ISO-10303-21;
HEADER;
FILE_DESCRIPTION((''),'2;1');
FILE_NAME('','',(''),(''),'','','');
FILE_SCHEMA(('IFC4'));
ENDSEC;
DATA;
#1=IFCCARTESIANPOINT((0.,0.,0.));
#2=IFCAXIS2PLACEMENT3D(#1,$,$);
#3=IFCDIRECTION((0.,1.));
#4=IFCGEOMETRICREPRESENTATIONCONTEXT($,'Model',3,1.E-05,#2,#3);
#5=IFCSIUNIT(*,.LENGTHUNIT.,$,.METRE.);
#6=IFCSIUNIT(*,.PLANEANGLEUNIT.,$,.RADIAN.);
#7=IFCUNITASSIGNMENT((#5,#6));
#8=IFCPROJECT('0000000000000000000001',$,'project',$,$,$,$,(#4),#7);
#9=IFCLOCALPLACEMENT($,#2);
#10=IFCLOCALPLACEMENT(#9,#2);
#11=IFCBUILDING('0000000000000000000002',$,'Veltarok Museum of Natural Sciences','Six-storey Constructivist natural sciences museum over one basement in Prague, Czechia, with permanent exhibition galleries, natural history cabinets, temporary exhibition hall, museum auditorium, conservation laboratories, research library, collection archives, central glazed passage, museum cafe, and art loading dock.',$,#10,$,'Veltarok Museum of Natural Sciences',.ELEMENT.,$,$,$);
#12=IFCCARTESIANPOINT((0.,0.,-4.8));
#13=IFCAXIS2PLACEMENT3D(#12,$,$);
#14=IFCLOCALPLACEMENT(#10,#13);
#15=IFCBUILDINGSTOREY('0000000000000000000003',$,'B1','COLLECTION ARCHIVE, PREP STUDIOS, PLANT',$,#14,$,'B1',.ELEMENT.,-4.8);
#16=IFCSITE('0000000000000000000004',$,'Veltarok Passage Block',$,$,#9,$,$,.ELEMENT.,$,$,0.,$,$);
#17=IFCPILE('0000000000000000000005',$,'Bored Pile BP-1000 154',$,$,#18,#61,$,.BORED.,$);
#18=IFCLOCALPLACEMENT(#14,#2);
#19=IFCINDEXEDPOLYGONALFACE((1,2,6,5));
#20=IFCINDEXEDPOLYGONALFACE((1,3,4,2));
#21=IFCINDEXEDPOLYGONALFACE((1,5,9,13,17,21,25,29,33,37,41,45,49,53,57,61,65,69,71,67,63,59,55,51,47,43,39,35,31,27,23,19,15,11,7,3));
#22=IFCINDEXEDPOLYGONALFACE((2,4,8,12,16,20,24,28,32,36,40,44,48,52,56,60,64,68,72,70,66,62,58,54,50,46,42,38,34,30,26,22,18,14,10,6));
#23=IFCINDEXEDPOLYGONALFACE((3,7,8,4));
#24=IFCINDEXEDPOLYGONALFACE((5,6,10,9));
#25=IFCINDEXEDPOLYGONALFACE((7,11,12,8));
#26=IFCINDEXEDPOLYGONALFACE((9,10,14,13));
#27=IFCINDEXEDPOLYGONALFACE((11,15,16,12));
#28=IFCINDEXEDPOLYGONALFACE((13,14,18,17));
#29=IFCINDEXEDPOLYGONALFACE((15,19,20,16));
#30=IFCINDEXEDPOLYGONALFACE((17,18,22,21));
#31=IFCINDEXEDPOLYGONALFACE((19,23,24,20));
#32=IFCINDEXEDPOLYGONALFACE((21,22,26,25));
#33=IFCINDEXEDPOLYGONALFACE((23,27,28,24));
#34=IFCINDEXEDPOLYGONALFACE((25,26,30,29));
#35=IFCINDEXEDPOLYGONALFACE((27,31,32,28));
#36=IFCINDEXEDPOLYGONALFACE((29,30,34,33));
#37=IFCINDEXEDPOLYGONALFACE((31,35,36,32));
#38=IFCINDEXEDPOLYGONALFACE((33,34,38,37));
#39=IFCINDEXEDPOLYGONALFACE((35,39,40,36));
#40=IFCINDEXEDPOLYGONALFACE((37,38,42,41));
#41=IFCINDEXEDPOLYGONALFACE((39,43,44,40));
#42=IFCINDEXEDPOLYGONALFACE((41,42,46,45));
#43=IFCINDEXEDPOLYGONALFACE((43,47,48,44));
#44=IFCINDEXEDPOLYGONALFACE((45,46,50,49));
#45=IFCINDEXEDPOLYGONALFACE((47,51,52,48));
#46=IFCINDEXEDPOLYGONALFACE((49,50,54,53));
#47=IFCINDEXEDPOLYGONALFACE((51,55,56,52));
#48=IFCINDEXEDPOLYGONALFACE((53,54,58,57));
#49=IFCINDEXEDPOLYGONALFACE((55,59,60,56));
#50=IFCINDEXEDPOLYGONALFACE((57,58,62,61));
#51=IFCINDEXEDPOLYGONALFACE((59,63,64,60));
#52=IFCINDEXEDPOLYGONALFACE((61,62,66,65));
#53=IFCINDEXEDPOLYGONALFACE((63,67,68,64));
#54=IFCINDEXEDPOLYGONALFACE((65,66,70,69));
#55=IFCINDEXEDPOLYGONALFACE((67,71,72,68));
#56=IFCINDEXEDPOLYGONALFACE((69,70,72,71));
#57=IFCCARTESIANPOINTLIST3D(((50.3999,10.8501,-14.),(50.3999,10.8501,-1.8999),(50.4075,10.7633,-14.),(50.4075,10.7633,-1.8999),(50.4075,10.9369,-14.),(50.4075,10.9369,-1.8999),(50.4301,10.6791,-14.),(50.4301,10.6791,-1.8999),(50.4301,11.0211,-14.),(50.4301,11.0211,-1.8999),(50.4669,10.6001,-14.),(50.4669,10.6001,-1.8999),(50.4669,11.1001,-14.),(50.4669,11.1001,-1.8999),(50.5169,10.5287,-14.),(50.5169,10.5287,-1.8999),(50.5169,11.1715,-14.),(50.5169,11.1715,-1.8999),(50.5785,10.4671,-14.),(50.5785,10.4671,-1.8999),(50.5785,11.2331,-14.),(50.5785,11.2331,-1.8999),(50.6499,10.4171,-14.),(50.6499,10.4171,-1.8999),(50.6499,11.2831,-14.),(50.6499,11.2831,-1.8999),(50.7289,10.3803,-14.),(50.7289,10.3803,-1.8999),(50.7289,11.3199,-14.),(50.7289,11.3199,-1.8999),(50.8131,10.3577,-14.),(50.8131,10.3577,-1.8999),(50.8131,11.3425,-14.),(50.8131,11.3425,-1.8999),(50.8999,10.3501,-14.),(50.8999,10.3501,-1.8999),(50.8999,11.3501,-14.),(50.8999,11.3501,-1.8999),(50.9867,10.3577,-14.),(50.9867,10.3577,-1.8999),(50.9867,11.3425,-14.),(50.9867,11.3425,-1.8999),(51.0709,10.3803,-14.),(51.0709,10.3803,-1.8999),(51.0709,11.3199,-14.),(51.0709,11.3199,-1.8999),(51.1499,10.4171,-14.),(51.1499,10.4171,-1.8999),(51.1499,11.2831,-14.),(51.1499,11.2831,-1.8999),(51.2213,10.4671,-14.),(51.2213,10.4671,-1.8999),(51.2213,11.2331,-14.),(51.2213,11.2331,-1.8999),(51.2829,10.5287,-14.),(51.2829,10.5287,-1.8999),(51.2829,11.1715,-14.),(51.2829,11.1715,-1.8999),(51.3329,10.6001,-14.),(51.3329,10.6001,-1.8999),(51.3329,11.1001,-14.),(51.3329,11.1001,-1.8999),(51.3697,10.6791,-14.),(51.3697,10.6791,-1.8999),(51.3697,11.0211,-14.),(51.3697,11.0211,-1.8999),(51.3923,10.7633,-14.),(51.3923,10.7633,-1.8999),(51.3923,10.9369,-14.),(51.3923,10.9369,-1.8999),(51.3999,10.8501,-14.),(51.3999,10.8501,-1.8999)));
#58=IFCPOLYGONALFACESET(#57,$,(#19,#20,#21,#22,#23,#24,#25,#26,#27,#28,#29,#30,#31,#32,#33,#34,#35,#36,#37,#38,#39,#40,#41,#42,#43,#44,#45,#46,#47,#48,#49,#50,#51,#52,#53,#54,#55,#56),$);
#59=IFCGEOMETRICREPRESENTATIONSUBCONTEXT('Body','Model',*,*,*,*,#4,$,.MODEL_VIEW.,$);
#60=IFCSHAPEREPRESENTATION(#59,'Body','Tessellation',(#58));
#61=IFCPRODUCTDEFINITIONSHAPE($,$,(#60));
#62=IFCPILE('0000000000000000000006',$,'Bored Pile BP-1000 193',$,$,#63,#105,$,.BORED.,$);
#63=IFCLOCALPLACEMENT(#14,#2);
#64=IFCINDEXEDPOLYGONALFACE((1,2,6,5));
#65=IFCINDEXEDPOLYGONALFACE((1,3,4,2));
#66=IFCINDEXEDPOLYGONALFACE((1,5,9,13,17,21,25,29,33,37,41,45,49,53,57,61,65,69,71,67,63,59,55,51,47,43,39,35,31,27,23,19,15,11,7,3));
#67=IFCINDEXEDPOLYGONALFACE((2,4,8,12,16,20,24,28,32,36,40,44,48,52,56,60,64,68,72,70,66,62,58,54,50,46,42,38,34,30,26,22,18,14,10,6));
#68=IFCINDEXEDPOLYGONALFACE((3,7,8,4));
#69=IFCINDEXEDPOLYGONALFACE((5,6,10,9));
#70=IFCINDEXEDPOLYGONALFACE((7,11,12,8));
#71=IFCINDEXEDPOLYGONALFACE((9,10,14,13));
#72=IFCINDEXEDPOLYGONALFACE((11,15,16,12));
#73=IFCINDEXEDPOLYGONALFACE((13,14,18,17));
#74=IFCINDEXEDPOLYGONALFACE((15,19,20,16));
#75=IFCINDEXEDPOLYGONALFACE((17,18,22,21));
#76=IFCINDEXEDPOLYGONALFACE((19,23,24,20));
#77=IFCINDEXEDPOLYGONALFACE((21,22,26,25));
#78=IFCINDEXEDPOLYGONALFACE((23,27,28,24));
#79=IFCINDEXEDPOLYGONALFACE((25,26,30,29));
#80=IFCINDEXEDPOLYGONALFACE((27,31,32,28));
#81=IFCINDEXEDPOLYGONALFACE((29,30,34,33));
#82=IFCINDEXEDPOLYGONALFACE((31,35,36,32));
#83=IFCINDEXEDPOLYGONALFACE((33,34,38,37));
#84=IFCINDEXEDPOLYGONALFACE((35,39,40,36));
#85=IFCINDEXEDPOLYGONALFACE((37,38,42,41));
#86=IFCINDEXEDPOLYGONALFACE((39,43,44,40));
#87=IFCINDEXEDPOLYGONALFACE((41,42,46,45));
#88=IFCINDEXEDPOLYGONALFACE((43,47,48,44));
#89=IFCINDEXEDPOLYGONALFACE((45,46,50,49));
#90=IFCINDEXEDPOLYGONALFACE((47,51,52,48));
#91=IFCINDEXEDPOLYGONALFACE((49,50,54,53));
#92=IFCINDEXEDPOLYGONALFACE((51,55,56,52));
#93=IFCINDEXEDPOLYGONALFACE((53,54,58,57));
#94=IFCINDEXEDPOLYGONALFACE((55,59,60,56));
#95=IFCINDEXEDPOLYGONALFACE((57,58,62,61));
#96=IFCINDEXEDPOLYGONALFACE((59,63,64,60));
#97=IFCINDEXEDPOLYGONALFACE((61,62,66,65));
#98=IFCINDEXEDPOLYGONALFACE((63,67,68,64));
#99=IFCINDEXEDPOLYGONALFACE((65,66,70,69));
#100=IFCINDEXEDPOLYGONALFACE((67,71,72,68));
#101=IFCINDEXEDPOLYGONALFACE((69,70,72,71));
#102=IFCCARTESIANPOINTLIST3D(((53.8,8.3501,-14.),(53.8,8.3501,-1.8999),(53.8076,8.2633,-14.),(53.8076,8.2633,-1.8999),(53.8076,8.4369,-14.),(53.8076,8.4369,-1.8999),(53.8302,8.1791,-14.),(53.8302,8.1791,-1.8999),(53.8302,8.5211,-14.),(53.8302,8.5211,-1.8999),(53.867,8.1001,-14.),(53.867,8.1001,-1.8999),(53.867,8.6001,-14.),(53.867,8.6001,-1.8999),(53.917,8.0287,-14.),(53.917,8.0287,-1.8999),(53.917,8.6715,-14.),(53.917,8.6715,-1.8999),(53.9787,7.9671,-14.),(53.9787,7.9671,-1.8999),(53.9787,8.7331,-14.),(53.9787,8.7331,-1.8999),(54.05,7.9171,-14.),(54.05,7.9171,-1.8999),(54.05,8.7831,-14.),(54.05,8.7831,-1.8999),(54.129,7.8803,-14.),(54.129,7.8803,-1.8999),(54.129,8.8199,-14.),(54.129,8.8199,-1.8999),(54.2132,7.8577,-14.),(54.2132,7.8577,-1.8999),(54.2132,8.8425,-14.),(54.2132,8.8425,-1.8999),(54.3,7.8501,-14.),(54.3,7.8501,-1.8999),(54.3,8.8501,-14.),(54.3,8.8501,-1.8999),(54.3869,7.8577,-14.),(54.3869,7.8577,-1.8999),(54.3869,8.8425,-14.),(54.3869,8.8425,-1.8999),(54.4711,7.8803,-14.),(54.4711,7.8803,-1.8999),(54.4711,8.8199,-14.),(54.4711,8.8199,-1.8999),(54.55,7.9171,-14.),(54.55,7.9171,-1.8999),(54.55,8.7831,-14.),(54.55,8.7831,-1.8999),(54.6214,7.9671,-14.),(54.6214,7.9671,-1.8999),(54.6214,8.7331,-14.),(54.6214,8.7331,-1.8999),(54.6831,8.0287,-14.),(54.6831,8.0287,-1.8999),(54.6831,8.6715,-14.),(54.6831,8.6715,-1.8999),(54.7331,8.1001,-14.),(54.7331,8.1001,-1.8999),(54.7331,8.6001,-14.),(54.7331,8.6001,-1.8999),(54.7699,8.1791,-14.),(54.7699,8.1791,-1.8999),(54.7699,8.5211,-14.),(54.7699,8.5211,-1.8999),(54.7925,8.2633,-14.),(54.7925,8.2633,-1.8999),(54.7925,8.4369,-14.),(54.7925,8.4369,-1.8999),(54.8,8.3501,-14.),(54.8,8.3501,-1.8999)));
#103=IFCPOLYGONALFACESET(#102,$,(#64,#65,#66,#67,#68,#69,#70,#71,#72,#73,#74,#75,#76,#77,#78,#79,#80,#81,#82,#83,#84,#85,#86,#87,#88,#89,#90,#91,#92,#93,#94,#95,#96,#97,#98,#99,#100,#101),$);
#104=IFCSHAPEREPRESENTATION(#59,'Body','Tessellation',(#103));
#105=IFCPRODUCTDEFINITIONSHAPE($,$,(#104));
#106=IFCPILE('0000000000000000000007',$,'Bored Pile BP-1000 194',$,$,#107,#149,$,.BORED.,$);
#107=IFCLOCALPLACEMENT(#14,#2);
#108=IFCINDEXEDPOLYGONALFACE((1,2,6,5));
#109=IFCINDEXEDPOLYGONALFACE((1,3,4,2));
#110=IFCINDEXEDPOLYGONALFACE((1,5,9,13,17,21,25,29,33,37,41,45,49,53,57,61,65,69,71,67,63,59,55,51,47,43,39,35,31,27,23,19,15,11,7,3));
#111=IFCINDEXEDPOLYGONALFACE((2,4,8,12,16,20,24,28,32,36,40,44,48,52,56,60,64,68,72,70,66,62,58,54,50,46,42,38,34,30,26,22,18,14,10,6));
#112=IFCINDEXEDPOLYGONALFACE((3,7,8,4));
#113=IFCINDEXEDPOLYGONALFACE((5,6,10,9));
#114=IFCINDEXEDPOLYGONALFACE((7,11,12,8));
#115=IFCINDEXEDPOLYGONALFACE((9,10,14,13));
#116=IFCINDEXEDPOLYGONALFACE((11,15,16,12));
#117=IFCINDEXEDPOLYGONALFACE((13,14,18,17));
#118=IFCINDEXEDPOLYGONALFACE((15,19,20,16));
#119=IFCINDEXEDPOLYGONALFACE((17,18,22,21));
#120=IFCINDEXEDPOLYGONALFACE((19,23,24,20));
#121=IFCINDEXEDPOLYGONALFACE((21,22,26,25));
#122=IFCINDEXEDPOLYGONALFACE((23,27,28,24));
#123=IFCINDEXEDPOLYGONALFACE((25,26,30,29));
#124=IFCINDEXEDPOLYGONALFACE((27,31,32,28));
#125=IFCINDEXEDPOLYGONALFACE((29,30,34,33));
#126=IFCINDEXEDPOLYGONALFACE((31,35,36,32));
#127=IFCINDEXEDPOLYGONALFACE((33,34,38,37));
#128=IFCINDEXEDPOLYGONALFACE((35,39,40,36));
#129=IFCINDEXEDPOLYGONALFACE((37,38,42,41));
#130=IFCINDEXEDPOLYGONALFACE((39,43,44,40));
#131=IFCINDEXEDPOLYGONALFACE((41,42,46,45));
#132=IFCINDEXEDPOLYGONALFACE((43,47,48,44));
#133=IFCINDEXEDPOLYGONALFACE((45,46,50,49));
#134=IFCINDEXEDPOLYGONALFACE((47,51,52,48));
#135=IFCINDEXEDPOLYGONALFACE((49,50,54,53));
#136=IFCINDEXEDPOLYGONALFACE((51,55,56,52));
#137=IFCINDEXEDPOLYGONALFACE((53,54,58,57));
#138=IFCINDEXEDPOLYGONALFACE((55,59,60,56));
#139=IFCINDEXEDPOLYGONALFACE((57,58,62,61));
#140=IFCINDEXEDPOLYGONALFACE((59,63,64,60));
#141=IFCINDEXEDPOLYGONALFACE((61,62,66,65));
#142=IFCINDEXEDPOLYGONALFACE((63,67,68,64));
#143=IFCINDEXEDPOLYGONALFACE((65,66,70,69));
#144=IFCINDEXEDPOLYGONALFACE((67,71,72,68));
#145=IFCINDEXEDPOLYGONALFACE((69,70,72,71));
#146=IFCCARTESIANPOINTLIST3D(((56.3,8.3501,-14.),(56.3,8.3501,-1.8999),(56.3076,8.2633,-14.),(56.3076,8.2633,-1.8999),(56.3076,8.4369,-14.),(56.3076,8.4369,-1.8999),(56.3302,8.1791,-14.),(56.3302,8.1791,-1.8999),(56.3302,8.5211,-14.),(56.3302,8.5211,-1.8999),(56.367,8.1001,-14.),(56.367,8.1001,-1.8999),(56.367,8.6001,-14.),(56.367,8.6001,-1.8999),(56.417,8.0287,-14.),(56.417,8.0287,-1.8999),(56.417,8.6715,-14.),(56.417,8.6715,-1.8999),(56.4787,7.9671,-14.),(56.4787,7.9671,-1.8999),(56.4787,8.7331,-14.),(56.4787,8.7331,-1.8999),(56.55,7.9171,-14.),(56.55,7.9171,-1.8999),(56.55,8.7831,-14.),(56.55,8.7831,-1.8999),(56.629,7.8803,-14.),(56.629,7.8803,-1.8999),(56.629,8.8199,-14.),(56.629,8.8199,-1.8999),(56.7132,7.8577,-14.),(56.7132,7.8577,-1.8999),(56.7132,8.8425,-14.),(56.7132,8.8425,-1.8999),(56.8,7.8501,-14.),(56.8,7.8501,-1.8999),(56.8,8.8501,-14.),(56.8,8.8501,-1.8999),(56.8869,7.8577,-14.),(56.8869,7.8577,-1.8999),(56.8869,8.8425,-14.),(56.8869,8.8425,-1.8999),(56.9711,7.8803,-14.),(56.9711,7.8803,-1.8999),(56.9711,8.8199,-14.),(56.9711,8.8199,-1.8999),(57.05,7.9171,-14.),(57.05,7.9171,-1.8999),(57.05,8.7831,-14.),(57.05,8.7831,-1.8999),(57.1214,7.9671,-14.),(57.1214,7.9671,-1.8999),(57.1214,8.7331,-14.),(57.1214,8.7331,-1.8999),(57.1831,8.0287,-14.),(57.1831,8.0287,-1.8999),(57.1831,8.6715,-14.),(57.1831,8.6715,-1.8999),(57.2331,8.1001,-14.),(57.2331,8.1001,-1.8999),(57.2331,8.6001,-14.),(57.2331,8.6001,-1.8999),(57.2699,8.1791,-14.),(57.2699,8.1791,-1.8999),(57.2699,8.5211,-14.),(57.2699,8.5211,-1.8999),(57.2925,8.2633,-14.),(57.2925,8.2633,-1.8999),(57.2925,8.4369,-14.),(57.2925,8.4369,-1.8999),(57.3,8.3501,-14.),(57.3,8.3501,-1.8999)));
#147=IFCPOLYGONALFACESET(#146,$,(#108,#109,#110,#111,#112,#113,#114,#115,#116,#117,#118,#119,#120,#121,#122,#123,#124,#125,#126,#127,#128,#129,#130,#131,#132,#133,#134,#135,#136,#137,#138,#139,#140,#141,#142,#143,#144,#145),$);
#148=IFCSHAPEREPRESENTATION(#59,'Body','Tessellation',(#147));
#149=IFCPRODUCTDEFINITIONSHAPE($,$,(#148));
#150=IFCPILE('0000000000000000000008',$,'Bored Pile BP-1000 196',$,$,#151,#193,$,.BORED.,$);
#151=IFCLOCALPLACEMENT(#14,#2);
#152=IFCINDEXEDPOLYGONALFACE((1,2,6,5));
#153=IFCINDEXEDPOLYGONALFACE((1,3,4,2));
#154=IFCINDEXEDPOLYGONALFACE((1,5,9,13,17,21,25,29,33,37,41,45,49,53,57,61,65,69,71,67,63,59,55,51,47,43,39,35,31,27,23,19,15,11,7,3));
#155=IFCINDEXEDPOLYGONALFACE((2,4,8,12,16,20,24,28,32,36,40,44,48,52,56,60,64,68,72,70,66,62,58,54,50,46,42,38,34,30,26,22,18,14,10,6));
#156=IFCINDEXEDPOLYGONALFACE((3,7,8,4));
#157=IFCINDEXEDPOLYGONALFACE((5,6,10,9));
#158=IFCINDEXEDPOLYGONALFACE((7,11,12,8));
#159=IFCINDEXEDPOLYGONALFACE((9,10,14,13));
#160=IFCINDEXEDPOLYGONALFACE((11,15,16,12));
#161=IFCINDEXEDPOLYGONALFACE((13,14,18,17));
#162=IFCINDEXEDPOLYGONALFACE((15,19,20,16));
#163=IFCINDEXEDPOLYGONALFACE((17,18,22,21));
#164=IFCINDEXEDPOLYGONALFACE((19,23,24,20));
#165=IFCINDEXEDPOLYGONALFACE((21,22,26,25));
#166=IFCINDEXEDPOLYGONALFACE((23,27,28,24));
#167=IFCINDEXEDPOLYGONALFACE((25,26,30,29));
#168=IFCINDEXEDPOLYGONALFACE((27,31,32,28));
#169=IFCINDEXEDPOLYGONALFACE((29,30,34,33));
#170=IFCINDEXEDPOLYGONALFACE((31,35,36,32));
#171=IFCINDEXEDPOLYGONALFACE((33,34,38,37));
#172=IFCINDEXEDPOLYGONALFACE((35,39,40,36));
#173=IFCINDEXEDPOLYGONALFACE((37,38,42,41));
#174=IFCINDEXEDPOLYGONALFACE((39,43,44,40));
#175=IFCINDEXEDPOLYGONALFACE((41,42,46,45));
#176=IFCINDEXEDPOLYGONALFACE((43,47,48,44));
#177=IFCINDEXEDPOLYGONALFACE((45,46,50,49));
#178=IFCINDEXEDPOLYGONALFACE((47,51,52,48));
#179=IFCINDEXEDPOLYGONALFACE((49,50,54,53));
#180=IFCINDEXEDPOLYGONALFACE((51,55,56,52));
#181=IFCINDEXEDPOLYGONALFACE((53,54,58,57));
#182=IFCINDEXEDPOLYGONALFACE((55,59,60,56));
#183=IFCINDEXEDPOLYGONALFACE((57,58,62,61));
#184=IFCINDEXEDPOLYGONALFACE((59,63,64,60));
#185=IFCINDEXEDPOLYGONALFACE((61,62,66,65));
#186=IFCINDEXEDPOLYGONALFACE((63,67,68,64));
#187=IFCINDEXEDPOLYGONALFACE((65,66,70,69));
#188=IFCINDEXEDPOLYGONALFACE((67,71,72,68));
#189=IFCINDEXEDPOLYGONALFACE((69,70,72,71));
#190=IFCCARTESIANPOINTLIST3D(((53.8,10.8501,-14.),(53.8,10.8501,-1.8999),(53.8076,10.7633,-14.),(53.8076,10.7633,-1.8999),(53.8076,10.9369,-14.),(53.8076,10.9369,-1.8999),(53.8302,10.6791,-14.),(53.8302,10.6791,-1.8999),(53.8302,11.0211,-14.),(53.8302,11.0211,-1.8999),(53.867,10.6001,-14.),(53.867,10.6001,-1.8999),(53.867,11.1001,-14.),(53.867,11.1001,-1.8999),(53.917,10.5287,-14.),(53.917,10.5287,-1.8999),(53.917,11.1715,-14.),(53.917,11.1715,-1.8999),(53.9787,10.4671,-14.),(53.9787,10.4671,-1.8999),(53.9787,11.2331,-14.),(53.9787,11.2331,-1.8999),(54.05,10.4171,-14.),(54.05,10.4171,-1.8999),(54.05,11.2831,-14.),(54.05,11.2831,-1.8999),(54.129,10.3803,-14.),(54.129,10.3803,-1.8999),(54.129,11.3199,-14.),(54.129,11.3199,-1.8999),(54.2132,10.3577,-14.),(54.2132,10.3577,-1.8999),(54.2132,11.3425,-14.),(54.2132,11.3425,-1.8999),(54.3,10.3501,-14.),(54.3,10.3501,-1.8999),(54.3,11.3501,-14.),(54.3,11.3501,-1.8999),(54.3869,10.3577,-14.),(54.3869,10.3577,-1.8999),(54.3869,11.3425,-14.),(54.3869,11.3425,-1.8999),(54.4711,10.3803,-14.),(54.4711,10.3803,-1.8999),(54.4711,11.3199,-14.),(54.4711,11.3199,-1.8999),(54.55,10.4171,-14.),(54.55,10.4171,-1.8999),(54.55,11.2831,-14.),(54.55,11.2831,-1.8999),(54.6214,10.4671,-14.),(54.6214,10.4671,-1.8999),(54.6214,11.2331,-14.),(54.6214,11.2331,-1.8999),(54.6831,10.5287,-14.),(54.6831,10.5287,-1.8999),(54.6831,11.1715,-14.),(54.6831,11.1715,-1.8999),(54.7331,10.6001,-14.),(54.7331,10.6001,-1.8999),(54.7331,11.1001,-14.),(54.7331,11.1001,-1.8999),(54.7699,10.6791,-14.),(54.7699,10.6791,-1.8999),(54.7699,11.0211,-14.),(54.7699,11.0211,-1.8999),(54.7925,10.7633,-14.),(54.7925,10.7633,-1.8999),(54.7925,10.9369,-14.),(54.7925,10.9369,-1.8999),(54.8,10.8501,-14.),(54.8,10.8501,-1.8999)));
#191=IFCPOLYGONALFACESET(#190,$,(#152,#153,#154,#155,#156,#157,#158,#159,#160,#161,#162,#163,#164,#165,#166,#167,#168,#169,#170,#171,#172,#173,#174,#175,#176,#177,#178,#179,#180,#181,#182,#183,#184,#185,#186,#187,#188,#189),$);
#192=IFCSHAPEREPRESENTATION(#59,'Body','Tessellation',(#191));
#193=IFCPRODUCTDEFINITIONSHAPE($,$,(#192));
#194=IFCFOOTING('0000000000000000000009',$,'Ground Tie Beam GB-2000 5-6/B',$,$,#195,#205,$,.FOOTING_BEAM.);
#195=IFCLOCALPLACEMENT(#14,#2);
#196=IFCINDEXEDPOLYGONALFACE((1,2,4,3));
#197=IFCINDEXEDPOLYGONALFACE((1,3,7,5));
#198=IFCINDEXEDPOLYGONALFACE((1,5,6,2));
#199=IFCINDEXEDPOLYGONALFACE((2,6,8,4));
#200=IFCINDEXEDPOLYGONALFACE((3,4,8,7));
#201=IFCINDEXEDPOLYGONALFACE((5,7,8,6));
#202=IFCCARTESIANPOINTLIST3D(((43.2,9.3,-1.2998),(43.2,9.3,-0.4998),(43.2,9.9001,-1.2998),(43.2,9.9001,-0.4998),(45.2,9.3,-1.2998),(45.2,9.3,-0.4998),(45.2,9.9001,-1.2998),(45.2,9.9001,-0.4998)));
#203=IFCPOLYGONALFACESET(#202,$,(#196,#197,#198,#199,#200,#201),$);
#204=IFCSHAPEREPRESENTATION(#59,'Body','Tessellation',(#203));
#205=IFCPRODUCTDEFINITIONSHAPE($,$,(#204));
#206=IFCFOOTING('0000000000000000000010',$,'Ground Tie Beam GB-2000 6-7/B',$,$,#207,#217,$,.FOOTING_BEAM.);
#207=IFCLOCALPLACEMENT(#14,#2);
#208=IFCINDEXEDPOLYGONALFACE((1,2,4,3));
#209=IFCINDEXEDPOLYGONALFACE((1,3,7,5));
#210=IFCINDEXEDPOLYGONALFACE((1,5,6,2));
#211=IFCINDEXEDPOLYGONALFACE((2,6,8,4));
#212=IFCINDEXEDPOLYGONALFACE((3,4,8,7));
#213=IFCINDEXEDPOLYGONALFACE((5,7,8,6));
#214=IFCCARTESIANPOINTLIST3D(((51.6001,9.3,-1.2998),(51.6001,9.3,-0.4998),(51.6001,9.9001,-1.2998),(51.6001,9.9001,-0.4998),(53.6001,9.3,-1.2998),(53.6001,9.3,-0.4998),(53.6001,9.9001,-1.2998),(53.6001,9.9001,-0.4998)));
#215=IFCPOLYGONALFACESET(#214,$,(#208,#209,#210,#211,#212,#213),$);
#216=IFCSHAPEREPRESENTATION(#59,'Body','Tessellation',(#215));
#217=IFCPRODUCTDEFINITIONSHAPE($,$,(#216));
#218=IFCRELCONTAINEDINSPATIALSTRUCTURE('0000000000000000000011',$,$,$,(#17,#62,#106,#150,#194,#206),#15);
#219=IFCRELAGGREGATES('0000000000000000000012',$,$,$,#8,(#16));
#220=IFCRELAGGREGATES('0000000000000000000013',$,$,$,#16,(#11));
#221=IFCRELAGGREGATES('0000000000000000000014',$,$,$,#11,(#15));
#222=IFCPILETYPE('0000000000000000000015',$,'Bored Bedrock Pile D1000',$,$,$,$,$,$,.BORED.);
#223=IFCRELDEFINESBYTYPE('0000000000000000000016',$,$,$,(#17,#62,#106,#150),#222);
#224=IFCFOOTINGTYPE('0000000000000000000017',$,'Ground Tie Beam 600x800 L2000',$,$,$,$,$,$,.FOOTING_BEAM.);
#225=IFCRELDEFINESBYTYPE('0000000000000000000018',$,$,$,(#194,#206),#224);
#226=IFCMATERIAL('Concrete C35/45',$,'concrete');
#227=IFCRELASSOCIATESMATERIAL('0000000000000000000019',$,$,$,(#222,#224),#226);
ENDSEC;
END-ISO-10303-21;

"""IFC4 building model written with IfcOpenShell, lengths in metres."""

from ifc_helpers import new_model, si_unit, direction, frame, origin, origin_2d, place, context, subcontext, project, spatial, rectangle, circle, extrude, material, material_profile, profile_set, type_object, element, save


model = new_model("IFC4")

# Units and contexts
model_context = context("Model", 3, precision=1e-05, world=origin(), true_north=direction((0.0, 1.0)))
body_context = subcontext(model_context, "Body", "Model", "MODEL_VIEW")
ifc_project = project(units=[si_unit("LENGTHUNIT", "METRE"), si_unit("PLANEANGLEUNIT", "RADIAN")], contexts=[model_context])

# Site, building, storey
site_placement = place(None, origin())
site = spatial("IfcSite", under=ifc_project, at=site_placement, Name="Veltarok Passage Block", CompositionType="ELEMENT", RefElevation=0.0)
building_placement = place(site_placement, origin())
building = spatial("IfcBuilding", under=site, at=building_placement, Name="Veltarok Museum of Natural Sciences", Description="Six-storey Constructivist natural sciences museum over one basement in Prague, Czechia, with permanent exhibition galleries, natural history cabinets, temporary exhibition hall, museum auditorium, conservation laboratories, research library, collection archives, central glazed passage, museum cafe, and art loading dock.", LongName="Veltarok Museum of Natural Sciences", CompositionType="ELEMENT")
storey_placement = place(building_placement, frame((0.0, 0.0, -4.8)))
storey = spatial("IfcBuildingStorey", under=building, at=storey_placement, Name="B1", Description="COLLECTION ARCHIVE, PREP STUDIOS, PLANT", LongName="B1", CompositionType="ELEMENT", Elevation=-4.8)

# Piles
ifc_material_1 = material(Name="Concrete C35/45", Category="concrete")
ifc_material_profile_1 = material_profile(ifc_material_1, circle(Radius=0.5, at=origin_2d()), Name="BP D1000")
ifc_profile_set_1 = profile_set([ifc_material_profile_1], Name="Concrete C35/45")
pile_type = type_object("IfcPileType", Name="Bored Bedrock Pile D1000", PredefinedType="BORED", material=ifc_profile_set_1)
for number, where, z_axis, x_axis, name in (
    (1, (50.8999, 10.8501, -1.8999), (0.0, 0.0, -1.0), (1.0, 0.0, 0.0), "Bored Pile BP-1000 154"),
    (2, (54.3, 8.3501, -1.8999), (0.0, 0.0, -1.0), (1.0, 0.0, 0.0), "Bored Pile BP-1000 193"),
    (3, (56.8, 8.3501, -1.8999), (0.0, 0.0, -1.0), (1.0, 0.0, 0.0), "Bored Pile BP-1000 194"),
    (4, (54.3, 10.8501, -1.8999), (0.0, 0.0, -1.0), (1.0, 0.0, 0.0), "Bored Pile BP-1000 196"),
):
    element("IfcPile", number, at=place(storey_placement, frame(where, z_axis=z_axis, x_axis=x_axis)), inside=storey, type_object=pile_type, Name=name, PredefinedType="BORED", context=body_context, shape_type="SweptSolid", body=[
        extrude(circle(Radius=0.5, at=origin_2d()), origin(), (0.0, 0.0, 1.0), 12.1001),
    ])

# Footings
footing_type_1 = type_object("IfcFootingType", Name="Ground Tie Beam 600x800 L2000", PredefinedType="FOOTING_BEAM", material=ifc_material_1)
for number, where, z_axis, x_axis, name in (
    (5, (44.2, 9.6001, -1.2998), (0.0, 0.0, 1.0), (1.0, 0.0, 0.0), "Ground Tie Beam GB-2000 5-6/B"),
    (6, (52.6001, 9.6001, -1.2998), (0.0, 0.0, 1.0), (1.0, 0.0, 0.0), "Ground Tie Beam GB-2000 6-7/B"),
):
    element("IfcFooting", number, at=place(storey_placement, frame(where, z_axis=z_axis, x_axis=x_axis)), inside=storey, type_object=footing_type_1, Name=name, PredefinedType="FOOTING_BEAM", context=body_context, shape_type="SweptSolid", body=[
        extrude(rectangle(XDim=2.0, YDim=0.6001, at=origin_2d()), origin(), (0.0, 0.0, 1.0), 0.8),
    ])

save(model, "model.ifc")
